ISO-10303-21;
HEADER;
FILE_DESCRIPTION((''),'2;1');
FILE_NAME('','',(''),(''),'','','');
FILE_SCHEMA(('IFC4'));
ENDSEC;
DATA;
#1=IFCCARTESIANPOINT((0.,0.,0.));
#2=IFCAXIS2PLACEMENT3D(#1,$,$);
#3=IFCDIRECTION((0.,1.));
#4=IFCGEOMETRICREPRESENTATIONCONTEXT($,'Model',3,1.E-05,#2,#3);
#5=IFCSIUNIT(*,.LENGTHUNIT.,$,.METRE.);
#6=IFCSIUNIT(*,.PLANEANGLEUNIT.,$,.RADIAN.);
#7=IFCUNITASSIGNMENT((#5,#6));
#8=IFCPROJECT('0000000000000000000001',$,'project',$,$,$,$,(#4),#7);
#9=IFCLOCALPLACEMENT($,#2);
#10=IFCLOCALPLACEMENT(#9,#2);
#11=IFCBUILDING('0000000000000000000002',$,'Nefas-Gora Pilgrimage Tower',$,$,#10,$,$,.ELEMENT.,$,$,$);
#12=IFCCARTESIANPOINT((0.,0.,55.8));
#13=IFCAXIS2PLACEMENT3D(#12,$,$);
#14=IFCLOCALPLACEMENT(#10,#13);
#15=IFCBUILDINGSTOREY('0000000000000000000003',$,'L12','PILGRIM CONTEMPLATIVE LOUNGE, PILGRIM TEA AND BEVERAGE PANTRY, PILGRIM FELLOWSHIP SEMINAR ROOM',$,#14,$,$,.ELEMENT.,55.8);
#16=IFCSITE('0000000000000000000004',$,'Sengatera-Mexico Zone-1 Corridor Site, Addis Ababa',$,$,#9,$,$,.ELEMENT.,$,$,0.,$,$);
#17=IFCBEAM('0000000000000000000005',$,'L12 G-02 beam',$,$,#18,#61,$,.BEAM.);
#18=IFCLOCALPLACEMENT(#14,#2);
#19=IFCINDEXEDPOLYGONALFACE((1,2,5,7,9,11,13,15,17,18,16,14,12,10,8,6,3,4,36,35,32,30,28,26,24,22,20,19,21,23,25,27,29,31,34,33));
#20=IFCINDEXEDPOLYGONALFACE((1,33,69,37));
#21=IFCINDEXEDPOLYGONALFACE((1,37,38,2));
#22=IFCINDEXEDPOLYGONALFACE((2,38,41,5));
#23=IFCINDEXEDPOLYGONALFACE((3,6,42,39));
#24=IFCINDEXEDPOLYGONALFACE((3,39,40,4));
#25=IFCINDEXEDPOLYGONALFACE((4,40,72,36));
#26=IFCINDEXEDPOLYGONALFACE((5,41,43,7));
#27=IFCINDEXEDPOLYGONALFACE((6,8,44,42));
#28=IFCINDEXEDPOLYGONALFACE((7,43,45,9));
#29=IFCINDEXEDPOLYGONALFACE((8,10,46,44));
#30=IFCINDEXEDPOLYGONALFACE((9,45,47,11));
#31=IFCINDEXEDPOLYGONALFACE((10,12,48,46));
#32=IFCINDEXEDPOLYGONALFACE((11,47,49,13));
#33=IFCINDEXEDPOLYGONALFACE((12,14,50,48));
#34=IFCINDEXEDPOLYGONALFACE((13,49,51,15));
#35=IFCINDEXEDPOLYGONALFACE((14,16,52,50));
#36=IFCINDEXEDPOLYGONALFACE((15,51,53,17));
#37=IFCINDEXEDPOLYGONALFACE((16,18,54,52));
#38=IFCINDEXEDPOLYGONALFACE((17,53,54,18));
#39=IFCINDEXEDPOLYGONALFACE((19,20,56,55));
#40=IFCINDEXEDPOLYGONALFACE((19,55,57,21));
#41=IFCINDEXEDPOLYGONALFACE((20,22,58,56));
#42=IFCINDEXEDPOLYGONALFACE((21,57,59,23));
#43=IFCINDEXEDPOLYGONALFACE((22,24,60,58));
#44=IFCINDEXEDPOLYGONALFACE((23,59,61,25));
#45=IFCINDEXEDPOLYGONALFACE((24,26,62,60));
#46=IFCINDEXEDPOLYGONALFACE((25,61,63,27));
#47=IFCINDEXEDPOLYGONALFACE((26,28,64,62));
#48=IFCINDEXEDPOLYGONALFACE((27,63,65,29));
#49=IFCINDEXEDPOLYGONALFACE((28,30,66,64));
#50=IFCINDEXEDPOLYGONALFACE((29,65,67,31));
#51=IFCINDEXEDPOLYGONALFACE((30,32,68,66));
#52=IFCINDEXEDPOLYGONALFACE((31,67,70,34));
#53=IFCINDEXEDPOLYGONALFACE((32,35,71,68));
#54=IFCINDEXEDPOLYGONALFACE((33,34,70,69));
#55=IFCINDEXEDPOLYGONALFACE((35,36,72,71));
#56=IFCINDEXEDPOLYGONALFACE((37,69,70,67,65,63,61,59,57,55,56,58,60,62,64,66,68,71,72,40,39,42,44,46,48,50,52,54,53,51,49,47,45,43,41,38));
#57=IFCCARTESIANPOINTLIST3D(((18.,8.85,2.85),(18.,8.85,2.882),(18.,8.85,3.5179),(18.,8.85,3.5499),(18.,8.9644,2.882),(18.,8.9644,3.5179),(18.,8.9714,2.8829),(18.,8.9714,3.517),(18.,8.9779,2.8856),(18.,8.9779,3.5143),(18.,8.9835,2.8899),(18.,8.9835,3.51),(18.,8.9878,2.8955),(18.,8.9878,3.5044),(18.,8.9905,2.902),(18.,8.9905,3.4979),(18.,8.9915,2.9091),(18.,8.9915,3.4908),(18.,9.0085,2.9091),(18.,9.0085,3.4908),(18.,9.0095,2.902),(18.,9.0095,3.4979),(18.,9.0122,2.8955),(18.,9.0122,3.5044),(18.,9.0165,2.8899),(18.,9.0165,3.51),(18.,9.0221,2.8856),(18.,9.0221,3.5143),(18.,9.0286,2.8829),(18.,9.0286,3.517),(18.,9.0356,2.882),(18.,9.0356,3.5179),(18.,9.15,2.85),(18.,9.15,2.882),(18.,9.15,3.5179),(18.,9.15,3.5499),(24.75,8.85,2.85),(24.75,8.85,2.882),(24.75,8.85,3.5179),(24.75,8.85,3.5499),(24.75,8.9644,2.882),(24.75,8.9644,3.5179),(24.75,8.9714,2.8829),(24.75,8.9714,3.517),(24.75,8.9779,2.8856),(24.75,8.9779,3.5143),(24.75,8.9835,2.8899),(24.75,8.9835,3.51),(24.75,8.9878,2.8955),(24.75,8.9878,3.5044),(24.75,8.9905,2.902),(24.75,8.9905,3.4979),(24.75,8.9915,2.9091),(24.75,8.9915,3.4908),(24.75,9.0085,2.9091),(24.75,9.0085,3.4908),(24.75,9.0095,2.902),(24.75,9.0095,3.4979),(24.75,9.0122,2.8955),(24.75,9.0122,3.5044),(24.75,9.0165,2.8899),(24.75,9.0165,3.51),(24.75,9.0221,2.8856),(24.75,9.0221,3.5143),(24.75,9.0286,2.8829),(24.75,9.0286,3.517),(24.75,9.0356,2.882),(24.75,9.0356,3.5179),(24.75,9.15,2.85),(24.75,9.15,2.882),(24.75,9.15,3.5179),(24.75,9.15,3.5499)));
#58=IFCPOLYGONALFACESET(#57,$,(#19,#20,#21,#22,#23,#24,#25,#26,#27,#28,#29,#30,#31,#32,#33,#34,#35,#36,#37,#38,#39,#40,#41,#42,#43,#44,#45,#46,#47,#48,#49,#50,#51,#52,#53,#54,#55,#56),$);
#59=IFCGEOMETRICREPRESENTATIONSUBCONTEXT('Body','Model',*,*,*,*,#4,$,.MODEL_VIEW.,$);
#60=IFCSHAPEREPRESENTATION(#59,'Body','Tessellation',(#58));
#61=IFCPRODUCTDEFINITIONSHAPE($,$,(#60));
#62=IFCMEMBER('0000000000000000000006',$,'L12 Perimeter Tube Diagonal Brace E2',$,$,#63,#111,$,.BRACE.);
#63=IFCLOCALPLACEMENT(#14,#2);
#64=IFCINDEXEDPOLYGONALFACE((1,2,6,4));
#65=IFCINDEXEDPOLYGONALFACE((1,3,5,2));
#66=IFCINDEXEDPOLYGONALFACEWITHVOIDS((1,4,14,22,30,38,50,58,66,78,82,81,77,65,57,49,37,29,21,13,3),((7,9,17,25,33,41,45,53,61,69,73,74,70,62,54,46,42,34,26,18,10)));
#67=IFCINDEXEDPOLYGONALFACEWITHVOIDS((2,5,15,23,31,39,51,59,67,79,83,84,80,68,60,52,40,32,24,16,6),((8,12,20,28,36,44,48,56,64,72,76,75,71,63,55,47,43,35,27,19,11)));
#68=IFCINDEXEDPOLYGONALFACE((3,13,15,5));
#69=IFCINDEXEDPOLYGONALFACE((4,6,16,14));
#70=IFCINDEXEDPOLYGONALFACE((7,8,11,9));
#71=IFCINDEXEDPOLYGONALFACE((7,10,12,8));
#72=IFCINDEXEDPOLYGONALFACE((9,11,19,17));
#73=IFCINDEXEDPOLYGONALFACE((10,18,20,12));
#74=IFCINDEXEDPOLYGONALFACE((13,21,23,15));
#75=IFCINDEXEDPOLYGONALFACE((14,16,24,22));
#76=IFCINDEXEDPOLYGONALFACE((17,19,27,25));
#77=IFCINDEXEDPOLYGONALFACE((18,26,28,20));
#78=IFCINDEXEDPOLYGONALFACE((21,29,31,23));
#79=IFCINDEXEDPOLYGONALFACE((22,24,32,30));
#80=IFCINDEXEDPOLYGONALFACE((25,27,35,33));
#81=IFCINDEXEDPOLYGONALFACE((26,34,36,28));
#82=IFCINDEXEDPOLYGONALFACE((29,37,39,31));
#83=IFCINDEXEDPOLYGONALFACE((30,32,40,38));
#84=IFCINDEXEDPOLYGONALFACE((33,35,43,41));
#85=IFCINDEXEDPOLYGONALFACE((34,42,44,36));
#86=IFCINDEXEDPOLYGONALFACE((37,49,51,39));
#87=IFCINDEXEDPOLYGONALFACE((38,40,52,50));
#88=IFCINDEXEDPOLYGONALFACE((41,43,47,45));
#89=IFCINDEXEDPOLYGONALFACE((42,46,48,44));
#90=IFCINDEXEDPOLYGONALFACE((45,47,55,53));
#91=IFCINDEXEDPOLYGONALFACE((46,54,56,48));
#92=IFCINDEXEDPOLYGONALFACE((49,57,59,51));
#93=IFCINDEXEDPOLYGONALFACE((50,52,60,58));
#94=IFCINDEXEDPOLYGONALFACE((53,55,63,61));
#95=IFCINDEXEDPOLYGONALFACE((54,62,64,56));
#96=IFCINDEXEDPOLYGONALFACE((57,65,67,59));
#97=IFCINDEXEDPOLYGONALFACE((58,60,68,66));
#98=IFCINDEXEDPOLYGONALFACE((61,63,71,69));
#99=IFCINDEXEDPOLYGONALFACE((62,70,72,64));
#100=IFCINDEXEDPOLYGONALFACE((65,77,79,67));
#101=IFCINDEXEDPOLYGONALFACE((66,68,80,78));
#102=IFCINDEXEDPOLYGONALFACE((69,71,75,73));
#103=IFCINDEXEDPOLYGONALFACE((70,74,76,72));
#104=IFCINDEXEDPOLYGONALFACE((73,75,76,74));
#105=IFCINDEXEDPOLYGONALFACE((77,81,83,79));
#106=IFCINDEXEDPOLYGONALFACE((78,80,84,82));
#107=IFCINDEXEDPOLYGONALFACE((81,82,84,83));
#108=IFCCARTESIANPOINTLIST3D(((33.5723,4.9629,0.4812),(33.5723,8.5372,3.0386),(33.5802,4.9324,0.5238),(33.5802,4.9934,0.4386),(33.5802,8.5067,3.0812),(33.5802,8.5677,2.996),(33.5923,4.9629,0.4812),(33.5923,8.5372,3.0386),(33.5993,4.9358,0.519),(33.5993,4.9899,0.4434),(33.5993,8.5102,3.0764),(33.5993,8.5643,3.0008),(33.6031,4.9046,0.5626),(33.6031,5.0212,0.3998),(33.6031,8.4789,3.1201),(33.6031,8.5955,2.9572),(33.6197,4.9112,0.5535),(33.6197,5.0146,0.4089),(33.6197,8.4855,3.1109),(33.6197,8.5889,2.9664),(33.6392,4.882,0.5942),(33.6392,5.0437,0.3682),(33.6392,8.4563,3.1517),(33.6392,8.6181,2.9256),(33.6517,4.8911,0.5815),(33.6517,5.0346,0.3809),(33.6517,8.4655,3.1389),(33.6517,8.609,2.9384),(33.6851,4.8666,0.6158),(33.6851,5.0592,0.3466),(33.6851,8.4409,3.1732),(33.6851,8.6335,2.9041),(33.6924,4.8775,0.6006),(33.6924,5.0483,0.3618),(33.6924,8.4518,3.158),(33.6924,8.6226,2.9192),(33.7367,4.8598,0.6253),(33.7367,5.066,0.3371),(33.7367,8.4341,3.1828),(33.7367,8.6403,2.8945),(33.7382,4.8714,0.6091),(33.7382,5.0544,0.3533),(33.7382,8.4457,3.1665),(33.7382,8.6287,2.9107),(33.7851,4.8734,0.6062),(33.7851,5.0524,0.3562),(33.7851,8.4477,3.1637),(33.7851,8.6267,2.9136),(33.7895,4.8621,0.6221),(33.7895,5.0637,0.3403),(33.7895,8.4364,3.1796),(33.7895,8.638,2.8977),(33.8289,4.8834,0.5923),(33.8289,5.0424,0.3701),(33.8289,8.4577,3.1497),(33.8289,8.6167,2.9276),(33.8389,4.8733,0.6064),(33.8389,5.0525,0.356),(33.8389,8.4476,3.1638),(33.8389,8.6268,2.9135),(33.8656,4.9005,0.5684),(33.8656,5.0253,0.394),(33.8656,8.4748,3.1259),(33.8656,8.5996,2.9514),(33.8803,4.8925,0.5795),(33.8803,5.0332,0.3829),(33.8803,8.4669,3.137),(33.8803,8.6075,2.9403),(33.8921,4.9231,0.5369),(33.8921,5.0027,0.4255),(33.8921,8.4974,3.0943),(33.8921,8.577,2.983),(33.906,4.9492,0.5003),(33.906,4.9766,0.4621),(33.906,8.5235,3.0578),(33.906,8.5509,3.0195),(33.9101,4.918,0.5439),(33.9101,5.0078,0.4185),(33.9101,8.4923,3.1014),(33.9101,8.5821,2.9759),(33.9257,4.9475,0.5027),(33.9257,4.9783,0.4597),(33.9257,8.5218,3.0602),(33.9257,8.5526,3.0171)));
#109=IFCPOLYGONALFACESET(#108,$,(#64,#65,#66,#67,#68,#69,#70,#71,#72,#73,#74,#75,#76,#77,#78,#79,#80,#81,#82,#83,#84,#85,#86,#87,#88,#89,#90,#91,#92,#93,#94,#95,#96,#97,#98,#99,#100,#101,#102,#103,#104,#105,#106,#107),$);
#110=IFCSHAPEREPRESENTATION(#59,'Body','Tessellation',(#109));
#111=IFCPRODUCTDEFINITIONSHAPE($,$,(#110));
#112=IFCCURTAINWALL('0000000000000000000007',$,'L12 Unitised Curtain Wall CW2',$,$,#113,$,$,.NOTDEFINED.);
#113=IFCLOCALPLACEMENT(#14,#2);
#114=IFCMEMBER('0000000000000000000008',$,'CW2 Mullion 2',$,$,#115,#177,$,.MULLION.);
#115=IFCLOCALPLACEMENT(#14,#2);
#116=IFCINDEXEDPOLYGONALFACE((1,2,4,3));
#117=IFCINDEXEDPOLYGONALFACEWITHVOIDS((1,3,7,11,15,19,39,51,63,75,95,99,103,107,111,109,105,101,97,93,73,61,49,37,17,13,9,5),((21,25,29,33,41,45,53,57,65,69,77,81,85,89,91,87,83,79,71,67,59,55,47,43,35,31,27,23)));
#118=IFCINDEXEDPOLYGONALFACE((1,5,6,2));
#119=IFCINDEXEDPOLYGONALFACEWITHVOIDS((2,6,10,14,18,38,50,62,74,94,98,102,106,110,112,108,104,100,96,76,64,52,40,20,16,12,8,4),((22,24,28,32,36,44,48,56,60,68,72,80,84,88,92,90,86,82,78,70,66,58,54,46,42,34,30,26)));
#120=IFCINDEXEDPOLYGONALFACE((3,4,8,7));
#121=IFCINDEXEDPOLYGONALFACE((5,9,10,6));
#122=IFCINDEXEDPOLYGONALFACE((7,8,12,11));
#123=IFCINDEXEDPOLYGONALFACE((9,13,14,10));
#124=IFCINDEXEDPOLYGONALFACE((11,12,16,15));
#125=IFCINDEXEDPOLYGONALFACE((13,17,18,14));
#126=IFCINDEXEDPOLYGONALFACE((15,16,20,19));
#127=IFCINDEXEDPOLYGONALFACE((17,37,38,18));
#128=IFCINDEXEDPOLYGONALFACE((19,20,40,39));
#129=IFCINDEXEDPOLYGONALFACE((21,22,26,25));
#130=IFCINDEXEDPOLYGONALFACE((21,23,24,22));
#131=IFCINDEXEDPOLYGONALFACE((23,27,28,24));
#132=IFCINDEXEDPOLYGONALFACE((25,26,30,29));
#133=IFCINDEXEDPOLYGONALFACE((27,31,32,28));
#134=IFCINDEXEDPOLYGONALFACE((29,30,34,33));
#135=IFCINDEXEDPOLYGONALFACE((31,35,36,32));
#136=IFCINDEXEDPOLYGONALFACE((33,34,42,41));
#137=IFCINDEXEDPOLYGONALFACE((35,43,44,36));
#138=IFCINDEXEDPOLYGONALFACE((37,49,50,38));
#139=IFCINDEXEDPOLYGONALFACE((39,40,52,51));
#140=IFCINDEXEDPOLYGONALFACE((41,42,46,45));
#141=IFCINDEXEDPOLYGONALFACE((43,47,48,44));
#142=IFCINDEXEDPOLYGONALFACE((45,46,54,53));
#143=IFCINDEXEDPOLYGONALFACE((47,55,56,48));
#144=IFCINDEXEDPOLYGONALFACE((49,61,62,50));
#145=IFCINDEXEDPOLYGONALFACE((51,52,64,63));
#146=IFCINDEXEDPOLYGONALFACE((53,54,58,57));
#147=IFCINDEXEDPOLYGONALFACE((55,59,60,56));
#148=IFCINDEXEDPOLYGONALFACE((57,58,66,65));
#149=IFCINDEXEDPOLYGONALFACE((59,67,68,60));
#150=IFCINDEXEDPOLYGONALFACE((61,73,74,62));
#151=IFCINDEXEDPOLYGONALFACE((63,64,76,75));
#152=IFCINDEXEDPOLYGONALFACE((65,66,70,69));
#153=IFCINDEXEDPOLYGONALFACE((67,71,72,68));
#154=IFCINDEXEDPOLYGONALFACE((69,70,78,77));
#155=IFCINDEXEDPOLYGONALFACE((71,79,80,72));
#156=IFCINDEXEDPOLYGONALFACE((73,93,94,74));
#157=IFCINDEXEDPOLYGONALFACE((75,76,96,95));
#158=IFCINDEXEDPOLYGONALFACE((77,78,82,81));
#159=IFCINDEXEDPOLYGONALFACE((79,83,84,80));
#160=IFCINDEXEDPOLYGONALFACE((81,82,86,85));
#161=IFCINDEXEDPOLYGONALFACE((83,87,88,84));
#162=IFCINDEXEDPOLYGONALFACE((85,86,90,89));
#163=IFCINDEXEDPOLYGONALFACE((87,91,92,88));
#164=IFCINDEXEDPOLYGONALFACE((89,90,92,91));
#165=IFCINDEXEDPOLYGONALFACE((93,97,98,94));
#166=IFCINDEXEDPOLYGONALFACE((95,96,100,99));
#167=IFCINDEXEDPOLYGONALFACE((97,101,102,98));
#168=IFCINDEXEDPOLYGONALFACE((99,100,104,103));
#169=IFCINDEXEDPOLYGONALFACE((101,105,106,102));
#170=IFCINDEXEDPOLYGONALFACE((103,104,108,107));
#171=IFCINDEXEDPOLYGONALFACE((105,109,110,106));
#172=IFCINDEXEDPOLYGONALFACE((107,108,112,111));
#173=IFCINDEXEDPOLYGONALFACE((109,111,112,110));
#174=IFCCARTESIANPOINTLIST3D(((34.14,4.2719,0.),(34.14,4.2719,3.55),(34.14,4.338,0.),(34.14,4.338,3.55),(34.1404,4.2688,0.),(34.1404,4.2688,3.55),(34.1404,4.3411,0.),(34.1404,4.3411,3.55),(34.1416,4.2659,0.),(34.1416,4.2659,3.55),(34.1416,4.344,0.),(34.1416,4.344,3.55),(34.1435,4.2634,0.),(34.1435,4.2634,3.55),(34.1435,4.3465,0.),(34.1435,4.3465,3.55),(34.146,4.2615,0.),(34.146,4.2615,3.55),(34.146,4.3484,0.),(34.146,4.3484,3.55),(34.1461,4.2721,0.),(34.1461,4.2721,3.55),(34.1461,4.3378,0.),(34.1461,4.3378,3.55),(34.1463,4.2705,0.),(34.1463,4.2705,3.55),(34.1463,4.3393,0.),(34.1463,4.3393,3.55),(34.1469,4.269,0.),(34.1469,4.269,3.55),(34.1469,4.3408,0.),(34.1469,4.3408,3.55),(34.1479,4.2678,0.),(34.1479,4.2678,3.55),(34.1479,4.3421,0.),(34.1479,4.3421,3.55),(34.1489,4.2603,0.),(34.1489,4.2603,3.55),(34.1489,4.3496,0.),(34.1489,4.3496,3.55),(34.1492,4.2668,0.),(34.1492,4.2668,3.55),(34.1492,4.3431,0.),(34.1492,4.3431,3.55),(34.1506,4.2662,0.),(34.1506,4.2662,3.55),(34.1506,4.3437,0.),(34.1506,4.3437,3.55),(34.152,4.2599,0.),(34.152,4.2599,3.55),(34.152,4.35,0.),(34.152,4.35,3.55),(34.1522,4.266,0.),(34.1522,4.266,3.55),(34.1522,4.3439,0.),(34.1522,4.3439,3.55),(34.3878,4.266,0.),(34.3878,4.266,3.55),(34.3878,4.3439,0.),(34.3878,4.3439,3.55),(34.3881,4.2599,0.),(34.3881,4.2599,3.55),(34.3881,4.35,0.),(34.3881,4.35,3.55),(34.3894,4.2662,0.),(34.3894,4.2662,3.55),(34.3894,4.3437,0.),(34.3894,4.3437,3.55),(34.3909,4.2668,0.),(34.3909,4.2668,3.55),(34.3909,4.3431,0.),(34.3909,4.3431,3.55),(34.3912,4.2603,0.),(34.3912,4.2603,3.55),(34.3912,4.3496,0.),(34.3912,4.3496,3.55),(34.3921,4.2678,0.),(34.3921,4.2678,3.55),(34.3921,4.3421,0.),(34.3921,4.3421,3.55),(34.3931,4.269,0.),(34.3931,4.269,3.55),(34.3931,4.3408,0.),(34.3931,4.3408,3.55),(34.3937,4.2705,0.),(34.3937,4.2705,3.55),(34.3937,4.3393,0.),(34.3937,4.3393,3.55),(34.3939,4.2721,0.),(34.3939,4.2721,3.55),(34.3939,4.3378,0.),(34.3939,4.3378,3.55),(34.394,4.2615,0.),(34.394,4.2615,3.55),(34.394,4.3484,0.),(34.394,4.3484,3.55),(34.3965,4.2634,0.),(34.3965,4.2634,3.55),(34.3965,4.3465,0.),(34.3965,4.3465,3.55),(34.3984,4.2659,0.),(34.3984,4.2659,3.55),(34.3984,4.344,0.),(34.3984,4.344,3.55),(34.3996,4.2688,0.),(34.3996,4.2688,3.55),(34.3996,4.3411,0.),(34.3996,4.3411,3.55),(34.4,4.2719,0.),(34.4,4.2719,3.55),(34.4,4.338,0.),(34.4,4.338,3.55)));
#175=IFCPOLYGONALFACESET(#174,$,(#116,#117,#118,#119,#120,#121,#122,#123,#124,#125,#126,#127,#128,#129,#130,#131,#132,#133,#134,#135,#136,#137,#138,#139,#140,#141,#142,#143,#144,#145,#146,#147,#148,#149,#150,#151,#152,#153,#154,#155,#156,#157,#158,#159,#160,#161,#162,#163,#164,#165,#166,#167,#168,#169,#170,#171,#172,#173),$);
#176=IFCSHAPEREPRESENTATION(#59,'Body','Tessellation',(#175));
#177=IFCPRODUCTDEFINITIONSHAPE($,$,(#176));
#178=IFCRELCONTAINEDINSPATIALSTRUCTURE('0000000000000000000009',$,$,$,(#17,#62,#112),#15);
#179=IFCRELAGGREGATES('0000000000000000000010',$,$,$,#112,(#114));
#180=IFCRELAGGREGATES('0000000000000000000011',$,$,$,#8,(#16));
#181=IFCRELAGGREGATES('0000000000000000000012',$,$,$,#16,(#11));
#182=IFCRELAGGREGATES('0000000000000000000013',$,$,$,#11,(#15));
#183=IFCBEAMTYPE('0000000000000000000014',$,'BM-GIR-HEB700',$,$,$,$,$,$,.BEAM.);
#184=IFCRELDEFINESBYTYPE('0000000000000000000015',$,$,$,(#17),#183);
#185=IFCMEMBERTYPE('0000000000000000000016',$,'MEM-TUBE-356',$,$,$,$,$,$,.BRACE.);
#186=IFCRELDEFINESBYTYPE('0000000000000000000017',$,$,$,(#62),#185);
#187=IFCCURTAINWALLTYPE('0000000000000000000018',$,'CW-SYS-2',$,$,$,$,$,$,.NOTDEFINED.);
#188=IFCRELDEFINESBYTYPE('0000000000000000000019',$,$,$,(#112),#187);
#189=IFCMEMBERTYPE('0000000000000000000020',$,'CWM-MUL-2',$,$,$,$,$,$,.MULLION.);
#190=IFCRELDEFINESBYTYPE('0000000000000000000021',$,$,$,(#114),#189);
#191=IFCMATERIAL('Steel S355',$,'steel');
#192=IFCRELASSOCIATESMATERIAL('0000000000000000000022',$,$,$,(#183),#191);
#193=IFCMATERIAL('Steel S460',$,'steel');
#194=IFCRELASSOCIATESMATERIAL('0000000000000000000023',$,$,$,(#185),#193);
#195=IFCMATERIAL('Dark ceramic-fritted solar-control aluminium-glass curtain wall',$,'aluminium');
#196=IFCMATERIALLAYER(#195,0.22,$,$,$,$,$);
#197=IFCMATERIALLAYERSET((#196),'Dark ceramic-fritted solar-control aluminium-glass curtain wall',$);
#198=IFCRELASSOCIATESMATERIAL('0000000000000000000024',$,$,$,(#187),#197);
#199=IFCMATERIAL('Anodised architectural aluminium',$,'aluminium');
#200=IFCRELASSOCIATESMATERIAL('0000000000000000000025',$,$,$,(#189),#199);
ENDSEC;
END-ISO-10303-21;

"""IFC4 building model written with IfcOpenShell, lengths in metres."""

from ifc_helpers import new_model, si_unit, direction, frame, origin, origin_2d, place, context, subcontext, project, spatial, hollow_rectangle, hollow_circle, i_section, extrude, source, transform, mapped, material, layer, layer_set, material_profile, profile_set, type_object, element, aggregate, save


model = new_model("IFC4")

# Units and contexts
model_context = context("Model", 3, precision=1e-05, world=origin(), true_north=direction((0.0, 1.0)))
body_context = subcontext(model_context, "Body", "Model", "MODEL_VIEW")
ifc_project = project(units=[si_unit("LENGTHUNIT", "METRE"), si_unit("PLANEANGLEUNIT", "RADIAN")], contexts=[model_context])

# Site, building, storey
site_placement = place(None, origin())
site = spatial("IfcSite", under=ifc_project, at=site_placement, Name="Sengatera-Mexico Zone-1 Corridor Site, Addis Ababa", CompositionType="ELEMENT", RefElevation=0.0)
building_placement = place(site_placement, origin())
building = spatial("IfcBuilding", under=site, at=building_placement, Name="Nefas-Gora Pilgrimage Tower", CompositionType="ELEMENT")
storey_placement = place(building_placement, frame((0.0, 0.0, 55.8)))
storey = spatial("IfcBuildingStorey", under=building, at=storey_placement, Name="L12", Description="PILGRIM CONTEMPLATIVE LOUNGE, PILGRIM TEA AND BEVERAGE PANTRY, PILGRIM FELLOWSHIP SEMINAR ROOM", CompositionType="ELEMENT", Elevation=55.8)

# Shared definitions
ifc_material_1 = material(Name="Steel S460", Category="steel")

# Beam
ifc_material_2 = material(Name="Steel S355", Category="steel")
ifc_material_profile_1 = material_profile(ifc_material_2, i_section(OverallWidth=0.3, OverallDepth=0.7, WebThickness=0.0171, FlangeThickness=0.032, FilletRadius=0.0271, at=origin_2d()), Name="HEB 700")
ifc_profile_set_1 = profile_set([ifc_material_profile_1], Name="Steel S355")
beam_type_1 = type_object("IfcBeamType", Name="BM-GIR-HEB700", PredefinedType="BEAM", material=ifc_profile_set_1)
shared_shape_1 = source(origin(), body_context, "Body", "SweptSolid", [
    extrude(i_section(OverallWidth=0.3, OverallDepth=0.7, WebThickness=0.0171, FlangeThickness=0.032, FilletRadius=0.0271, at=origin_2d()), origin(), (0.0, 0.0, 1.0), 6.75),
])
for number, where, z_axis, x_axis, name in (
    (1, (18.0, 9.0, 3.2), (1.0, 0.0, 0.0), (0.0, 1.0, 0.0), "L12 G-02 beam"),
):
    element("IfcBeam", number, at=place(storey_placement, frame(where, z_axis=z_axis, x_axis=x_axis)), inside=storey, type_object=beam_type_1, Name=name, PredefinedType="BEAM", context=body_context, shape_type="MappedRepresentation", body=[
        mapped(shared_shape_1, transform((0.0, 0.0, 0.0), x_axis=(1.0, 0.0, 0.0), y_axis=(0.0, 1.0, 0.0), z_axis=(0.0, 0.0, 1.0), scale=1.0)),
    ])

# Member
ifc_material_profile_2 = material_profile(ifc_material_1, hollow_circle(Radius=0.1777, WallThickness=0.02, at=origin_2d()), Name="CHS 355.6x20")
ifc_profile_set_2 = profile_set([ifc_material_profile_2], Name="Steel S460")
member_type_1 = type_object("IfcMemberType", Name="MEM-TUBE-356", PredefinedType="BRACE", material=ifc_profile_set_2)
shared_shape_2 = source(origin(), body_context, "Body", "SweptSolid", [
    extrude(hollow_circle(Radius=0.1777, WallThickness=0.02, at=origin_2d()), origin(), (0.0, 0.0, 1.0), 4.395),
])
member_1_placement = place(storey_placement, frame((33.75, 4.9629, 0.4812), z_axis=(0.0, 0.813264, 0.581895), x_axis=(-1.0, 0.0, 0.0)))
element("IfcMember", 2, at=member_1_placement, inside=storey, type_object=member_type_1, Name="L12 Perimeter Tube Diagonal Brace E2", PredefinedType="BRACE", context=body_context, shape_type="MappedRepresentation", body=[
    mapped(shared_shape_2, transform((0.0, 0.0, 0.0), x_axis=(1.0, 0.0, 0.0), y_axis=(0.0, 1.0, 0.0), z_axis=(0.0, 0.0, 1.0), scale=1.0)),
])

# Curtain wall, member
ifc_material_3 = material(Name="Dark ceramic-fritted solar-control aluminium-glass curtain wall", Category="aluminium")
ifc_layer_1 = layer(ifc_material_3, 0.22)
ifc_layer_set_1 = layer_set([ifc_layer_1], Name="Dark ceramic-fritted solar-control aluminium-glass curtain wall")
curtain_wall_type = type_object("IfcCurtainWallType", Name="CW-SYS-2", PredefinedType="NOTDEFINED", material=ifc_layer_set_1)
curtain_wall_1_placement = place(storey_placement, origin())
curtain_wall_1 = element("IfcCurtainWall", 3, at=curtain_wall_1_placement, inside=storey, type_object=curtain_wall_type, Name="L12 Unitised Curtain Wall CW2", PredefinedType="NOTDEFINED")
ifc_material_4 = material(Name="Anodised architectural aluminium", Category="aluminium")
ifc_material_profile_3 = material_profile(ifc_material_4, hollow_rectangle(XDim=0.0901, YDim=0.26, WallThickness=0.0061, InnerFilletRadius=0.0061, OuterFilletRadius=0.012, at=origin_2d()), Name="ALU MULLION 90x260")
ifc_profile_set_3 = profile_set([ifc_material_profile_3], Name="Anodised architectural aluminium")
member_type_2 = type_object("IfcMemberType", Name="CWM-MUL-2", PredefinedType="MULLION", material=ifc_profile_set_3)
shared_shape_3 = source(origin(), body_context, "Body", "SweptSolid", [
    extrude(hollow_rectangle(XDim=0.0901, YDim=0.26, WallThickness=0.0061, InnerFilletRadius=0.0061, OuterFilletRadius=0.012, at=origin_2d()), origin(), (0.0, 0.0, 1.0), 3.55),
])
member_2_placement = place(storey_placement, frame((34.27, 4.3049, 0.0), z_axis=(0.0, 0.0, 1.0), x_axis=(0.0, 1.0, 0.0)))
member_2 = element("IfcMember", 4, at=member_2_placement, type_object=member_type_2, Name="CW2 Mullion 2", PredefinedType="MULLION", context=body_context, shape_type="MappedRepresentation", body=[
    mapped(shared_shape_3, transform((0.0, 0.0, 0.0), x_axis=(1.0, 0.0, 0.0), y_axis=(0.0, 1.0, 0.0), z_axis=(0.0, 0.0, 1.0), scale=1.0)),
])

aggregate(curtain_wall_1, [member_2])

save(model, "model.ifc")
